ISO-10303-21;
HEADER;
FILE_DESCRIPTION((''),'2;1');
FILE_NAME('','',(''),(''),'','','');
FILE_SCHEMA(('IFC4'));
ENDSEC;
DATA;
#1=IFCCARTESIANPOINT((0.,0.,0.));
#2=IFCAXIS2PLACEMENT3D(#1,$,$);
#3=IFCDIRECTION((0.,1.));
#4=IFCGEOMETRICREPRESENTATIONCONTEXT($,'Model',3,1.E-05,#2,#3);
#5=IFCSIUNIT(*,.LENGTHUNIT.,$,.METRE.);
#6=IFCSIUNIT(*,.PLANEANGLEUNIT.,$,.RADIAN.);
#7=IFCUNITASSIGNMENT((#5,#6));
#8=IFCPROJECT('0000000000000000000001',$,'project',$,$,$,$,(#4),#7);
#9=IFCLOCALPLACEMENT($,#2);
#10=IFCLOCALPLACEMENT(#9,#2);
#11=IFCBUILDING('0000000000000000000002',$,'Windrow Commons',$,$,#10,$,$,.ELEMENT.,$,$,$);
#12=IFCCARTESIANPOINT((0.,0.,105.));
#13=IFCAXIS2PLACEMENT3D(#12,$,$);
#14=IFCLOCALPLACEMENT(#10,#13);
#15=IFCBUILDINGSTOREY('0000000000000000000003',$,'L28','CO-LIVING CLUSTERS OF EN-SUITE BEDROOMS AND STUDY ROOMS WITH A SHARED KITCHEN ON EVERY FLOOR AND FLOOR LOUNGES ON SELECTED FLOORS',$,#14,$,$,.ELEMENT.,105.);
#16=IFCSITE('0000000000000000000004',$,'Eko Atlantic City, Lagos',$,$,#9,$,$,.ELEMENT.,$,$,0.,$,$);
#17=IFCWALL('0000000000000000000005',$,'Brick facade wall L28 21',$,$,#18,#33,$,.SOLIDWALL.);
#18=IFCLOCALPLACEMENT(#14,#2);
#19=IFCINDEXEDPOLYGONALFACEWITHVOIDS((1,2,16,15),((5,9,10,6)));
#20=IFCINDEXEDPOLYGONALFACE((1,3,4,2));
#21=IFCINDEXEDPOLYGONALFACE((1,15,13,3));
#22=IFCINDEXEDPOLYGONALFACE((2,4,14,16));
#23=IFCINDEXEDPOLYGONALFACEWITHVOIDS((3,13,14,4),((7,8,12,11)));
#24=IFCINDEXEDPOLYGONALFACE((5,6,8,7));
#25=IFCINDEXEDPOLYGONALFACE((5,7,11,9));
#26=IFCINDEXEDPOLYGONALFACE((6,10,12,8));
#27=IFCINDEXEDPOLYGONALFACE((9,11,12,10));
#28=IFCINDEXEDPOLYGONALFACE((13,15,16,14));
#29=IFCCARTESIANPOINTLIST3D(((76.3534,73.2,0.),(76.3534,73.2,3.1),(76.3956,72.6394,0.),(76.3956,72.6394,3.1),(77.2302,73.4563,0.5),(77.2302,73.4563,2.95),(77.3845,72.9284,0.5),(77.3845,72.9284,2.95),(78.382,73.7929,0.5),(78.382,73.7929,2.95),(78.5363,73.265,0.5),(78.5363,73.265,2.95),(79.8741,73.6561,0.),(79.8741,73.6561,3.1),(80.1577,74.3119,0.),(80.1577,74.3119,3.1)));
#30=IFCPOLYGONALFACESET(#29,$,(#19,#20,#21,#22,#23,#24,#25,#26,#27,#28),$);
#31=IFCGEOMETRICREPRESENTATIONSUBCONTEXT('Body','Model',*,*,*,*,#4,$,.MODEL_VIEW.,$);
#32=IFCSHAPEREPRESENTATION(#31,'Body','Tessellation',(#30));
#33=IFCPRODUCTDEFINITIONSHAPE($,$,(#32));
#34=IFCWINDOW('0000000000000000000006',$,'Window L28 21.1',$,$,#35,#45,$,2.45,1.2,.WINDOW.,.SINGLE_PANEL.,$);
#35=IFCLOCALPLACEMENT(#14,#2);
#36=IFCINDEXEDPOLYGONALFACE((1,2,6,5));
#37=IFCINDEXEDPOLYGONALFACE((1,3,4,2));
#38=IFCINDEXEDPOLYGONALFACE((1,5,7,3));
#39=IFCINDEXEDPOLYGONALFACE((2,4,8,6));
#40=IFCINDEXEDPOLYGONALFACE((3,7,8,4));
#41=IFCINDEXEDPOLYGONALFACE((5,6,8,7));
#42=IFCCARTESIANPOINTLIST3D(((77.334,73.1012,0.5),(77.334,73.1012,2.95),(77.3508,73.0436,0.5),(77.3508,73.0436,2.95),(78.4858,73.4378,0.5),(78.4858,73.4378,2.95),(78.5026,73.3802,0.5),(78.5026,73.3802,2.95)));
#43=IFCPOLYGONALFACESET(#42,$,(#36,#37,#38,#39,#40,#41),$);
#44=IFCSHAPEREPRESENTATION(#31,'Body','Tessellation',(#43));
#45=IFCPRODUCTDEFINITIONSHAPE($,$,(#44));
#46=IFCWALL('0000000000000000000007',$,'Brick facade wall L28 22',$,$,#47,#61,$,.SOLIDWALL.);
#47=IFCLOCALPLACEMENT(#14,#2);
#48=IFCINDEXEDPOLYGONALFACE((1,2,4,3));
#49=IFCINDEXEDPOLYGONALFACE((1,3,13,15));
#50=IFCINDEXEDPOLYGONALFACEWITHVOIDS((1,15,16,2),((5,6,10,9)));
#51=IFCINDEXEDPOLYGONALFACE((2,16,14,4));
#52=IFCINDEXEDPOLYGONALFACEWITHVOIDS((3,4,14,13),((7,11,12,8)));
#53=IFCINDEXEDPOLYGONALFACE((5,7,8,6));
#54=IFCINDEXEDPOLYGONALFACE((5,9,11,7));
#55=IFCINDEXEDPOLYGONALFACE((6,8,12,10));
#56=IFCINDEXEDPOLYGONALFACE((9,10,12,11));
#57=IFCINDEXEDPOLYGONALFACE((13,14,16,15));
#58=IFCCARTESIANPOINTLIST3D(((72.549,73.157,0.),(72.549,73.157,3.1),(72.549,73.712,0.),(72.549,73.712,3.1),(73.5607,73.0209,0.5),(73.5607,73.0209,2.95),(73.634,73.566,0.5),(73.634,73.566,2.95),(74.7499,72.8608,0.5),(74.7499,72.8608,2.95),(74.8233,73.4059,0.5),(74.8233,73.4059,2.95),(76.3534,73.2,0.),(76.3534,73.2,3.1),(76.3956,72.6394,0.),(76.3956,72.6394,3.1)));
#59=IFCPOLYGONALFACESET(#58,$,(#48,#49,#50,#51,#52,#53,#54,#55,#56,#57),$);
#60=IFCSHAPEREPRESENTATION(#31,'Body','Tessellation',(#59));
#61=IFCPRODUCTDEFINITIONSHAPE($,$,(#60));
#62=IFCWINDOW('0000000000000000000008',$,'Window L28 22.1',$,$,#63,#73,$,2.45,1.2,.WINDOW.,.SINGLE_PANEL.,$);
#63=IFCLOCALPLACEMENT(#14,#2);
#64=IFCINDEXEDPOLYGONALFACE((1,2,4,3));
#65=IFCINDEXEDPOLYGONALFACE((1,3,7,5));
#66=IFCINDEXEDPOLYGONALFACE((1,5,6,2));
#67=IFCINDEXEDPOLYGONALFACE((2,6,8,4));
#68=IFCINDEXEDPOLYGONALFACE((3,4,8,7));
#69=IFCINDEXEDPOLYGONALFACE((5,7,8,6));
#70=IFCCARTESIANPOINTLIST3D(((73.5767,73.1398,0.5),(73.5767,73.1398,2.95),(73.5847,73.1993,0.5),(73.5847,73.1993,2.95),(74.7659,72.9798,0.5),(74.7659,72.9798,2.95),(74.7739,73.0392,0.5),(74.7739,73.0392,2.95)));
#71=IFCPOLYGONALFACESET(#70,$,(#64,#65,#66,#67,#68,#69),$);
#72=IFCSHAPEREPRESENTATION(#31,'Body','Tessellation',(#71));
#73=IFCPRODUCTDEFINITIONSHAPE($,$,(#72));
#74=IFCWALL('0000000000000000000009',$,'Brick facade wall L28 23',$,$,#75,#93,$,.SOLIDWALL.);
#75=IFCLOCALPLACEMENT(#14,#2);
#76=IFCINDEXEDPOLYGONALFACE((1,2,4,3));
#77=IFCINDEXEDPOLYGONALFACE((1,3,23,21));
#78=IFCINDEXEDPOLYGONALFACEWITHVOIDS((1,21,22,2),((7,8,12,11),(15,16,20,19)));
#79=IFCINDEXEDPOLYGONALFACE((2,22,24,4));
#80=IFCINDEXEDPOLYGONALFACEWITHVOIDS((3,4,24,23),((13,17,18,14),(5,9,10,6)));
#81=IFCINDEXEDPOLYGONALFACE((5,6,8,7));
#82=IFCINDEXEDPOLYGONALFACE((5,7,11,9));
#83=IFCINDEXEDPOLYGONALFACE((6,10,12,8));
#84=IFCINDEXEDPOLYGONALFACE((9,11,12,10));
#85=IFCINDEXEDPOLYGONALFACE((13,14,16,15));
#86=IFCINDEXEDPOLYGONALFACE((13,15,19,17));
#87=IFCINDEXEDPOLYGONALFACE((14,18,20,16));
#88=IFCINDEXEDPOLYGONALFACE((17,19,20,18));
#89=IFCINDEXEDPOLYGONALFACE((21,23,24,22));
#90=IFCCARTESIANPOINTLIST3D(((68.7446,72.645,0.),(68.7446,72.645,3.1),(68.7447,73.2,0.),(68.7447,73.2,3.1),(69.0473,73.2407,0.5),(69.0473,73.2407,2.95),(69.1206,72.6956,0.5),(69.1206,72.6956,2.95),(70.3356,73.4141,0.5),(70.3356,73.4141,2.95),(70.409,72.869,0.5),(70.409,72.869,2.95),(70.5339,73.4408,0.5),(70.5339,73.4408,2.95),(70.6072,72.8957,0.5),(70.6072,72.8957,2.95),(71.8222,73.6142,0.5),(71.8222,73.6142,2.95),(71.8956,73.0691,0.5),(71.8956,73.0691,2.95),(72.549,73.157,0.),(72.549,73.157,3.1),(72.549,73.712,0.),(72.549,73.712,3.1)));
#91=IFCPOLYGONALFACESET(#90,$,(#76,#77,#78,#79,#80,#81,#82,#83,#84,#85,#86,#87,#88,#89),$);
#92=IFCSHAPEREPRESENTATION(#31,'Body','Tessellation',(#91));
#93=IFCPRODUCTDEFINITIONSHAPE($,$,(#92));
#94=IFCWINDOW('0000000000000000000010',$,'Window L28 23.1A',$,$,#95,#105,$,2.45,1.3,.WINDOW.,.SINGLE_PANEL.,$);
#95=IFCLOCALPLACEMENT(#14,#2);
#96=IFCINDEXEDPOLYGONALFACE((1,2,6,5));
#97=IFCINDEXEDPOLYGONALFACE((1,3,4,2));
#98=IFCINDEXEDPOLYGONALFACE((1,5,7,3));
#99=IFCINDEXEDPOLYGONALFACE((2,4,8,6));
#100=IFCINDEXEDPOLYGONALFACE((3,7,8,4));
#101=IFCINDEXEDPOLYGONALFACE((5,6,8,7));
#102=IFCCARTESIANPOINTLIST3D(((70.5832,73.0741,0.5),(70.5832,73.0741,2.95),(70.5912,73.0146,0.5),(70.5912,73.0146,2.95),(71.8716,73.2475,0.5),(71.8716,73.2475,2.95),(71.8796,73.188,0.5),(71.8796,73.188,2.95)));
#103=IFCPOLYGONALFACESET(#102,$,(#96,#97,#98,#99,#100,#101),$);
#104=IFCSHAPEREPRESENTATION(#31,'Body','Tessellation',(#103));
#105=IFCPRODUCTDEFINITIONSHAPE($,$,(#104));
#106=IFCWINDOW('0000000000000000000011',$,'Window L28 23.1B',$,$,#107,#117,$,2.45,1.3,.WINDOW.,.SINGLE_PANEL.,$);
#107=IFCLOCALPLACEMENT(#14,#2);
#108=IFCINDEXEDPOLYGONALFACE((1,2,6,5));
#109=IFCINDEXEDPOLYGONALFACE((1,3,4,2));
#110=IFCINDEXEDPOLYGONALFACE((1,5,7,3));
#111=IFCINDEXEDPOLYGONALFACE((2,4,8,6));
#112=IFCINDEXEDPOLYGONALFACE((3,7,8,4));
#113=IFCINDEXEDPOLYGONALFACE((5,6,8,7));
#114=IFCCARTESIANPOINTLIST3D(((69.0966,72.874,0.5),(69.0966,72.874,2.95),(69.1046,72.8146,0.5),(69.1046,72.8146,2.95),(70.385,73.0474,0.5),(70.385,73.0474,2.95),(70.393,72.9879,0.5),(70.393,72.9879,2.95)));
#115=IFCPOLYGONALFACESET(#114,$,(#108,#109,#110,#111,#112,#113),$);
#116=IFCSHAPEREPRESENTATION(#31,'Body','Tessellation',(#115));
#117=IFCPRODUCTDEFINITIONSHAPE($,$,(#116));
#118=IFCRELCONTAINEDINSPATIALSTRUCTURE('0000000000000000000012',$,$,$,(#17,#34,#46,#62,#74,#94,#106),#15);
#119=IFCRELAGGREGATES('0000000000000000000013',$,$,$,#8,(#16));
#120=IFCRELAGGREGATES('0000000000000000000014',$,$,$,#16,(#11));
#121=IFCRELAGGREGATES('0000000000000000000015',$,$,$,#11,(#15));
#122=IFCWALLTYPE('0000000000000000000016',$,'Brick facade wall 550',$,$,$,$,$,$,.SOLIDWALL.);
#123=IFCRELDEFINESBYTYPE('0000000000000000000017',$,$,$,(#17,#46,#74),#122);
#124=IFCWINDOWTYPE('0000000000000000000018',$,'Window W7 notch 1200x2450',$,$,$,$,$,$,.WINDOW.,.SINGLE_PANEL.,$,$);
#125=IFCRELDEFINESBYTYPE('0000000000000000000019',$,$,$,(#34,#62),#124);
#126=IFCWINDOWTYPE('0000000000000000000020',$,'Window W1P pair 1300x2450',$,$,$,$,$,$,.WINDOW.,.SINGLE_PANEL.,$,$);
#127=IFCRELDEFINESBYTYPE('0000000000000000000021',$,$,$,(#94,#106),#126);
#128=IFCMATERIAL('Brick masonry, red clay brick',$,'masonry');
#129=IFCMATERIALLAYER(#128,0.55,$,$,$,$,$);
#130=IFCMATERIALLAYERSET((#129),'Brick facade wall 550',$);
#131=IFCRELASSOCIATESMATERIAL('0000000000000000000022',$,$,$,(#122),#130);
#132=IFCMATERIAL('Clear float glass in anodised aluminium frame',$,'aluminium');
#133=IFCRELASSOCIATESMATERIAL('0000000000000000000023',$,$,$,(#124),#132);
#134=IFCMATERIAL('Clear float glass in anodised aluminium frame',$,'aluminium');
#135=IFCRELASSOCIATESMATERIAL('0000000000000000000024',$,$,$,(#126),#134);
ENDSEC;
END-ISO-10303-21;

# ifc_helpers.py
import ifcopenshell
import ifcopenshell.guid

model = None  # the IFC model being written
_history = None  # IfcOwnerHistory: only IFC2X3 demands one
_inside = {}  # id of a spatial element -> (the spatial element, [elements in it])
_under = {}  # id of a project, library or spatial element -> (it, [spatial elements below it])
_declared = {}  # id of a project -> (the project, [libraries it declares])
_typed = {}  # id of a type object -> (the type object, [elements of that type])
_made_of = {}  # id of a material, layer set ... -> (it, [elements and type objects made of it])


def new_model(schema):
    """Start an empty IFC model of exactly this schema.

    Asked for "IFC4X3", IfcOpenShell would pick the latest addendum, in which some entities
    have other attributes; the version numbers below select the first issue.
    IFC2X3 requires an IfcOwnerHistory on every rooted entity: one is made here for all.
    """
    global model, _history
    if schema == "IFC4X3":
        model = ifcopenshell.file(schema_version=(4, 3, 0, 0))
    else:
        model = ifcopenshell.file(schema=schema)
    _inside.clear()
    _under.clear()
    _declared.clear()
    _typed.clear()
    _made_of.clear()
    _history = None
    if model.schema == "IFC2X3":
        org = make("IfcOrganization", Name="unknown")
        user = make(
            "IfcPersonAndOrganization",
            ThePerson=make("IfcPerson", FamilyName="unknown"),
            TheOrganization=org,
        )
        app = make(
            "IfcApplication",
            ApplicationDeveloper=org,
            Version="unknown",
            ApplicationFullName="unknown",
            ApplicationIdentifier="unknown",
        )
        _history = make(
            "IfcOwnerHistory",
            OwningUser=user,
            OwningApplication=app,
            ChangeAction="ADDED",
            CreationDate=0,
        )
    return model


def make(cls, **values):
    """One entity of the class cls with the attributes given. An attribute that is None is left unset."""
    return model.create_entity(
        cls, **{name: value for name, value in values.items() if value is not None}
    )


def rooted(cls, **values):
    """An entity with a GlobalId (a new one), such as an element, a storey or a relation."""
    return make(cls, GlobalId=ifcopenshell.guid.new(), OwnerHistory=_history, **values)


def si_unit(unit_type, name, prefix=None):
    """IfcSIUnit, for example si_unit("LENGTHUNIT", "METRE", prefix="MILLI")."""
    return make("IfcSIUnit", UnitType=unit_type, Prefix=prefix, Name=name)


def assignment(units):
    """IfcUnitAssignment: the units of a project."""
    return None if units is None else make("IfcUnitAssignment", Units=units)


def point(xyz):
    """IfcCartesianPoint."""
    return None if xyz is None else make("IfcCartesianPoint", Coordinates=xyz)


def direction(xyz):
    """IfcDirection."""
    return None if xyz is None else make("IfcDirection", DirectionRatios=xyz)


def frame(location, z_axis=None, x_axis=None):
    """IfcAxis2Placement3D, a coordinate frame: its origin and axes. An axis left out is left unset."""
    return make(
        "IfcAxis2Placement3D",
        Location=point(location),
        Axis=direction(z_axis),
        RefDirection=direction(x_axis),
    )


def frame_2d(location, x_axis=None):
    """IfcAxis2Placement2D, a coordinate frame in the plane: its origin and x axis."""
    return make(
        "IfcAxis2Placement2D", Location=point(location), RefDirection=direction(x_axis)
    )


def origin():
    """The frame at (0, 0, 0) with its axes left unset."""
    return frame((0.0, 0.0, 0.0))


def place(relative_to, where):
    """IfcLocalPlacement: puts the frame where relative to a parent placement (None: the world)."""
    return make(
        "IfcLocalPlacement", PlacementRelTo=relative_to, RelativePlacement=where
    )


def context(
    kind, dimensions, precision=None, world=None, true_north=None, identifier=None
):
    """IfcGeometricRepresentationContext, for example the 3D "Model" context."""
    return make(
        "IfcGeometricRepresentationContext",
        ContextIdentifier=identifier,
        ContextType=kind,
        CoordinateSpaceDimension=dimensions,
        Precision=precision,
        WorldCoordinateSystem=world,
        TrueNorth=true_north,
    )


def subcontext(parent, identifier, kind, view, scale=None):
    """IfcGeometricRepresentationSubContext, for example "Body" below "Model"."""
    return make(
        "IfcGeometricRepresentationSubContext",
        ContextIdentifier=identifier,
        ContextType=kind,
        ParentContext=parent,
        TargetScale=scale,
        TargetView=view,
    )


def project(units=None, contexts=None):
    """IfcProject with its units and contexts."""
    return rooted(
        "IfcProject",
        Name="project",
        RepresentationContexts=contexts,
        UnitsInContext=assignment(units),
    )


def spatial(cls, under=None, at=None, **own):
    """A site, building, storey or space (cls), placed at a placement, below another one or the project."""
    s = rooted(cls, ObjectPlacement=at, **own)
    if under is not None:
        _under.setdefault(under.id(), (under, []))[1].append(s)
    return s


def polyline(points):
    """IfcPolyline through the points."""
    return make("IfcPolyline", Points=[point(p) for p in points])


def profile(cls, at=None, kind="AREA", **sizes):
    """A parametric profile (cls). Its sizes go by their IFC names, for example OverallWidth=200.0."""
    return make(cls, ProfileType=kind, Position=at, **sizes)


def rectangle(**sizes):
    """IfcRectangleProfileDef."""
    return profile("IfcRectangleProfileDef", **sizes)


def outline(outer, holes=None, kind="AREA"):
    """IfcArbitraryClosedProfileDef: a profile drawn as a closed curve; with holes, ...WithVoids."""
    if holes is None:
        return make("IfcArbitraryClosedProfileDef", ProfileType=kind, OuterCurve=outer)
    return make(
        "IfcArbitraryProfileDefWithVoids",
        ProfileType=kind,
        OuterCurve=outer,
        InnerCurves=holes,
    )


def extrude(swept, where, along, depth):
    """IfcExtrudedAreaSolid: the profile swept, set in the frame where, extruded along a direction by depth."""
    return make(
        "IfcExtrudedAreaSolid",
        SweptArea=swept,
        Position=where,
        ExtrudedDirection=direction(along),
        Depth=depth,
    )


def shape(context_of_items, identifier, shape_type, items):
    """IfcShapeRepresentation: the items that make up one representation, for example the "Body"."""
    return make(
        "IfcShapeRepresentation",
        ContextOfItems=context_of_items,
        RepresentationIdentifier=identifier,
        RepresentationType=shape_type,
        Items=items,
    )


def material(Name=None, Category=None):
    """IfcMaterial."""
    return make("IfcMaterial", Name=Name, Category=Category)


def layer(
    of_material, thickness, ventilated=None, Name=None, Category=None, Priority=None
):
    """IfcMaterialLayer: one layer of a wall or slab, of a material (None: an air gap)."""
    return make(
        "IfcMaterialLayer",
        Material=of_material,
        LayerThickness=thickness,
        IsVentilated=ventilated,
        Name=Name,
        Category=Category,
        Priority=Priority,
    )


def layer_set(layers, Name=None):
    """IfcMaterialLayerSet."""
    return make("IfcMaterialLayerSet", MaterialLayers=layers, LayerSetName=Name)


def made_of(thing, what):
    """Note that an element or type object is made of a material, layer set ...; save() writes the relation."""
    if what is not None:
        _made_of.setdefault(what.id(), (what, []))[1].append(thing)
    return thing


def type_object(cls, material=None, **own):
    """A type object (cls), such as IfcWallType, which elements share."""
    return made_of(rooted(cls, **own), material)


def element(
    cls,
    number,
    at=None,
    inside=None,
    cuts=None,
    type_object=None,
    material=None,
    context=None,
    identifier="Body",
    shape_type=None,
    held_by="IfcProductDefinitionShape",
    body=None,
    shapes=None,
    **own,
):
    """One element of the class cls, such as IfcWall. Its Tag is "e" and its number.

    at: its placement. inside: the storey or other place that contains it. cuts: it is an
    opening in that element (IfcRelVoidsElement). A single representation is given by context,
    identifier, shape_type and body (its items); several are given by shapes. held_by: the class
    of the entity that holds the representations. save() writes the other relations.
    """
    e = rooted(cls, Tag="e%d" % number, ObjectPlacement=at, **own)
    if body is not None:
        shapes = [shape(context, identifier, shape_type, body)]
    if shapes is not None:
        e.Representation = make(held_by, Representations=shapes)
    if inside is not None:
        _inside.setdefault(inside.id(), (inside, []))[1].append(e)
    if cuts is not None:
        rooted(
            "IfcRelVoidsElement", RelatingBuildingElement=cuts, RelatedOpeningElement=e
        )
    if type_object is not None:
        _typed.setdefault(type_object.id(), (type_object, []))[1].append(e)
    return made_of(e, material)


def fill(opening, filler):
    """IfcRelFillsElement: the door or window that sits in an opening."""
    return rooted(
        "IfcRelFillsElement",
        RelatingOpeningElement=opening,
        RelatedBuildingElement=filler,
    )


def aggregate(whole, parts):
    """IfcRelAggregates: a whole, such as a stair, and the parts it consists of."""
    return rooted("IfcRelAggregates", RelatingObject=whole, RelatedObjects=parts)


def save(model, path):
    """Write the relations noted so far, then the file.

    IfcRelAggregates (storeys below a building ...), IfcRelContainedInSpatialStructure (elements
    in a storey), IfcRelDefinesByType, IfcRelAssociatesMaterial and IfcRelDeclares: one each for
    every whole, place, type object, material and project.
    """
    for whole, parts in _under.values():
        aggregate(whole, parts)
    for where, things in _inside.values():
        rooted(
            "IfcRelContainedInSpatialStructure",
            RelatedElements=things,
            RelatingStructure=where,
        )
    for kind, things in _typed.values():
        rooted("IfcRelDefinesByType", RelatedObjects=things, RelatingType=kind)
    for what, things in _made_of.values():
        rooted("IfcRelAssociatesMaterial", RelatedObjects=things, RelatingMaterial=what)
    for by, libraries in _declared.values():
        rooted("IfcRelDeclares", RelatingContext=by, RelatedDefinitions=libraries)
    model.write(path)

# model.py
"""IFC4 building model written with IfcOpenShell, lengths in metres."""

from ifc_helpers import new_model, si_unit, direction, frame, frame_2d, origin, place, context, subcontext, project, spatial, polyline, rectangle, outline, extrude, material, layer, layer_set, type_object, element, fill, save


model = new_model("IFC4")

# Units and contexts
model_context = context("Model", 3, precision=1e-05, world=origin(), true_north=direction((0.0, 1.0)))
body_context = subcontext(model_context, "Body", "Model", "MODEL_VIEW")
ifc_project = project(units=[si_unit("LENGTHUNIT", "METRE"), si_unit("PLANEANGLEUNIT", "RADIAN")], contexts=[model_context])

# Site, building, storey
site_placement = place(None, origin())
site = spatial("IfcSite", under=ifc_project, at=site_placement, Name="Eko Atlantic City, Lagos", CompositionType="ELEMENT", RefElevation=0.0)
building_placement = place(site_placement, origin())
building = spatial("IfcBuilding", under=site, at=building_placement, Name="Windrow Commons", CompositionType="ELEMENT")
storey_placement = place(building_placement, frame((0.0, 0.0, 105.0)))
storey = spatial("IfcBuildingStorey", under=building, at=storey_placement, Name="L28", Description="CO-LIVING CLUSTERS OF EN-SUITE BEDROOMS AND STUDY ROOMS WITH A SHARED KITCHEN ON EVERY FLOOR AND FLOOR LOUNGES ON SELECTED FLOORS", CompositionType="ELEMENT", Elevation=105.0)

# Walls, openings, windows
ifc_material_1 = material(Name="Brick masonry, red clay brick", Category="masonry")
ifc_layer = layer(ifc_material_1, 0.55)
ifc_layer_set = layer_set([ifc_layer], Name="Brick facade wall 550")
wall_type = type_object("IfcWallType", Name="Brick facade wall 550", PredefinedType="SOLIDWALL", material=ifc_layer_set)
ifc_material_2 = material(Name="Clear float glass in anodised aluminium frame", Category="aluminium")
window_type_1 = type_object("IfcWindowType", Name="Window W7 notch 1200x2450", PartitioningType="SINGLE_PANEL", PredefinedType="WINDOW", material=ifc_material_2)
wall_1_placement = place(storey_placement, frame((80.0159, 73.984, 0.0), z_axis=(0.0, 0.0, 1.0), x_axis=(-0.959842, -0.28054, 0.0)))
wall_1 = element("IfcWall", 1, at=wall_1_placement, inside=storey, type_object=wall_type, Name="Brick facade wall L28 21", PredefinedType="SOLIDWALL", context=body_context, shape_type="SweptSolid", body=[
    extrude(outline(polyline([(-0.2281, -0.275), (3.7354, -0.275), (3.8521, 0.275), (0.2281, 0.275), (-0.2281, -0.275)])), origin(), (0.0, 0.0, 1.0), 3.1),
])
opening_1_placement = place(wall_1_placement, frame((1.6219, 0.0, 0.5)))
opening_1 = element("IfcOpeningElement", 2, at=opening_1_placement, cuts=wall_1, PredefinedType="OPENING", context=body_context, shape_type="SweptSolid", body=[
    extrude(rectangle(XDim=1.2, YDim=2.45, at=frame_2d((0.6, 1.225))), frame((0.0, 0.285, 0.0), z_axis=(0.0, -1.0, 0.0), x_axis=(1.0, 0.0, 0.0)), (0.0, 0.0, 1.0), 0.57),
])
window_1_placement = place(opening_1_placement, origin())
window_1 = element("IfcWindow", 3, at=window_1_placement, inside=storey, type_object=window_type_1, Name="Window L28 21.1", OverallHeight=2.45, OverallWidth=1.2, PartitioningType="SINGLE_PANEL", PredefinedType="WINDOW", context=body_context, shape_type="SweptSolid", body=[
    extrude(rectangle(XDim=1.2, YDim=2.45, at=frame_2d((0.6, 1.225))), frame((0.0, 0.155, 0.0), z_axis=(0.0, -1.0, 0.0), x_axis=(1.0, 0.0, 0.0)), (0.0, 0.0, 1.0), 0.06),
])
fill(opening_1, window_1)
wall_2_placement = place(storey_placement, frame((76.3745, 72.9197, 0.0), z_axis=(0.0, 0.0, 1.0), x_axis=(-0.991067, 0.133368, 0.0)))
wall_2 = element("IfcWall", 4, at=wall_2_placement, inside=storey, type_object=wall_type, Name="Brick facade wall L28 22", PredefinedType="SOLIDWALL", context=body_context, shape_type="SweptSolid", body=[
    extrude(outline(polyline([(0.0583, -0.275), (3.897, -0.275), (3.823, 0.275), (-0.0583, 0.275), (0.0583, -0.275)])), origin(), (0.0, 0.0, 1.0), 3.1),
])
opening_2_placement = place(wall_2_placement, frame((1.6022, 0.0, 0.5)))
opening_2 = element("IfcOpeningElement", 5, at=opening_2_placement, cuts=wall_2, PredefinedType="OPENING", context=body_context, shape_type="SweptSolid", body=[
    extrude(rectangle(XDim=1.2, YDim=2.45, at=frame_2d((0.6, 1.225))), frame((0.0, 0.285, 0.0), z_axis=(0.0, -1.0, 0.0), x_axis=(1.0, 0.0, 0.0)), (0.0, 0.0, 1.0), 0.57),
])
window_2_placement = place(opening_2_placement, origin())
window_2 = element("IfcWindow", 6, at=window_2_placement, inside=storey, type_object=window_type_1, Name="Window L28 22.1", OverallHeight=2.45, OverallWidth=1.2, PartitioningType="SINGLE_PANEL", PredefinedType="WINDOW", context=body_context, shape_type="SweptSolid", body=[
    extrude(rectangle(XDim=1.2, YDim=2.45, at=frame_2d((0.6, 1.225))), frame((0.0, 0.155, 0.0), z_axis=(0.0, -1.0, 0.0), x_axis=(1.0, 0.0, 0.0)), (0.0, 0.0, 1.0), 0.06),
])
fill(opening_2, window_2)

# Wall, openings, windows
wall_3_placement = place(storey_placement, frame((72.549, 73.4345, 0.0), z_axis=(0.0, 0.0, 1.0), x_axis=(-0.991065, -0.133379, 0.0)))
wall_3 = element("IfcWall", 7, at=wall_3_placement, inside=storey, type_object=wall_type, Name="Brick facade wall L28 23", PredefinedType="SOLIDWALL", context=body_context, shape_type="SweptSolid", body=[
    extrude(outline(polyline([(-0.037, -0.275), (3.8016, -0.275), (3.8757, 0.275), (0.037, 0.275), (-0.037, -0.275)])), origin(), (0.0, 0.0, 1.0), 3.1),
])
opening_3_placement = place(wall_3_placement, frame((0.6963, 0.0, 0.5)))
opening_3 = element("IfcOpeningElement", 8, at=opening_3_placement, cuts=wall_3, PredefinedType="OPENING", context=body_context, shape_type="SweptSolid", body=[
    extrude(rectangle(XDim=1.3, YDim=2.45, at=frame_2d((0.65, 1.225))), frame((0.0, 0.285, 0.0), z_axis=(0.0, -1.0, 0.0), x_axis=(1.0, 0.0, 0.0)), (0.0, 0.0, 1.0), 0.57),
])
opening_4_placement = place(wall_3_placement, frame((2.1963, 0.0, 0.5)))
opening_4 = element("IfcOpeningElement", 9, at=opening_4_placement, cuts=wall_3, PredefinedType="OPENING", context=body_context, shape_type="SweptSolid", body=[
    extrude(rectangle(XDim=1.3, YDim=2.45, at=frame_2d((0.65, 1.225))), frame((0.0, 0.285, 0.0), z_axis=(0.0, -1.0, 0.0), x_axis=(1.0, 0.0, 0.0)), (0.0, 0.0, 1.0), 0.57),
])
ifc_material_3 = material(Name="Clear float glass in anodised aluminium frame", Category="aluminium")
window_type_2 = type_object("IfcWindowType", Name="Window W1P pair 1300x2450", PartitioningType="SINGLE_PANEL", PredefinedType="WINDOW", material=ifc_material_3)
window_3_placement = place(opening_3_placement, origin())
window_3 = element("IfcWindow", 10, at=window_3_placement, inside=storey, type_object=window_type_2, Name="Window L28 23.1A", OverallHeight=2.45, OverallWidth=1.3, PartitioningType="SINGLE_PANEL", PredefinedType="WINDOW", context=body_context, shape_type="SweptSolid", body=[
    extrude(rectangle(XDim=1.3, YDim=2.45, at=frame_2d((0.65, 1.225))), frame((0.0, 0.155, 0.0), z_axis=(0.0, -1.0, 0.0), x_axis=(1.0, 0.0, 0.0)), (0.0, 0.0, 1.0), 0.06),
])
fill(opening_3, window_3)
window_4_placement = place(opening_4_placement, origin())
window_4 = element("IfcWindow", 11, at=window_4_placement, inside=storey, type_object=window_type_2, Name="Window L28 23.1B", OverallHeight=2.45, OverallWidth=1.3, PartitioningType="SINGLE_PANEL", PredefinedType="WINDOW", context=body_context, shape_type="SweptSolid", body=[
    extrude(rectangle(XDim=1.3, YDim=2.45, at=frame_2d((0.65, 1.225))), frame((0.0, 0.155, 0.0), z_axis=(0.0, -1.0, 0.0), x_axis=(1.0, 0.0, 0.0)), (0.0, 0.0, 1.0), 0.06),
])
fill(opening_4, window_4)

save(model, "model.ifc")
